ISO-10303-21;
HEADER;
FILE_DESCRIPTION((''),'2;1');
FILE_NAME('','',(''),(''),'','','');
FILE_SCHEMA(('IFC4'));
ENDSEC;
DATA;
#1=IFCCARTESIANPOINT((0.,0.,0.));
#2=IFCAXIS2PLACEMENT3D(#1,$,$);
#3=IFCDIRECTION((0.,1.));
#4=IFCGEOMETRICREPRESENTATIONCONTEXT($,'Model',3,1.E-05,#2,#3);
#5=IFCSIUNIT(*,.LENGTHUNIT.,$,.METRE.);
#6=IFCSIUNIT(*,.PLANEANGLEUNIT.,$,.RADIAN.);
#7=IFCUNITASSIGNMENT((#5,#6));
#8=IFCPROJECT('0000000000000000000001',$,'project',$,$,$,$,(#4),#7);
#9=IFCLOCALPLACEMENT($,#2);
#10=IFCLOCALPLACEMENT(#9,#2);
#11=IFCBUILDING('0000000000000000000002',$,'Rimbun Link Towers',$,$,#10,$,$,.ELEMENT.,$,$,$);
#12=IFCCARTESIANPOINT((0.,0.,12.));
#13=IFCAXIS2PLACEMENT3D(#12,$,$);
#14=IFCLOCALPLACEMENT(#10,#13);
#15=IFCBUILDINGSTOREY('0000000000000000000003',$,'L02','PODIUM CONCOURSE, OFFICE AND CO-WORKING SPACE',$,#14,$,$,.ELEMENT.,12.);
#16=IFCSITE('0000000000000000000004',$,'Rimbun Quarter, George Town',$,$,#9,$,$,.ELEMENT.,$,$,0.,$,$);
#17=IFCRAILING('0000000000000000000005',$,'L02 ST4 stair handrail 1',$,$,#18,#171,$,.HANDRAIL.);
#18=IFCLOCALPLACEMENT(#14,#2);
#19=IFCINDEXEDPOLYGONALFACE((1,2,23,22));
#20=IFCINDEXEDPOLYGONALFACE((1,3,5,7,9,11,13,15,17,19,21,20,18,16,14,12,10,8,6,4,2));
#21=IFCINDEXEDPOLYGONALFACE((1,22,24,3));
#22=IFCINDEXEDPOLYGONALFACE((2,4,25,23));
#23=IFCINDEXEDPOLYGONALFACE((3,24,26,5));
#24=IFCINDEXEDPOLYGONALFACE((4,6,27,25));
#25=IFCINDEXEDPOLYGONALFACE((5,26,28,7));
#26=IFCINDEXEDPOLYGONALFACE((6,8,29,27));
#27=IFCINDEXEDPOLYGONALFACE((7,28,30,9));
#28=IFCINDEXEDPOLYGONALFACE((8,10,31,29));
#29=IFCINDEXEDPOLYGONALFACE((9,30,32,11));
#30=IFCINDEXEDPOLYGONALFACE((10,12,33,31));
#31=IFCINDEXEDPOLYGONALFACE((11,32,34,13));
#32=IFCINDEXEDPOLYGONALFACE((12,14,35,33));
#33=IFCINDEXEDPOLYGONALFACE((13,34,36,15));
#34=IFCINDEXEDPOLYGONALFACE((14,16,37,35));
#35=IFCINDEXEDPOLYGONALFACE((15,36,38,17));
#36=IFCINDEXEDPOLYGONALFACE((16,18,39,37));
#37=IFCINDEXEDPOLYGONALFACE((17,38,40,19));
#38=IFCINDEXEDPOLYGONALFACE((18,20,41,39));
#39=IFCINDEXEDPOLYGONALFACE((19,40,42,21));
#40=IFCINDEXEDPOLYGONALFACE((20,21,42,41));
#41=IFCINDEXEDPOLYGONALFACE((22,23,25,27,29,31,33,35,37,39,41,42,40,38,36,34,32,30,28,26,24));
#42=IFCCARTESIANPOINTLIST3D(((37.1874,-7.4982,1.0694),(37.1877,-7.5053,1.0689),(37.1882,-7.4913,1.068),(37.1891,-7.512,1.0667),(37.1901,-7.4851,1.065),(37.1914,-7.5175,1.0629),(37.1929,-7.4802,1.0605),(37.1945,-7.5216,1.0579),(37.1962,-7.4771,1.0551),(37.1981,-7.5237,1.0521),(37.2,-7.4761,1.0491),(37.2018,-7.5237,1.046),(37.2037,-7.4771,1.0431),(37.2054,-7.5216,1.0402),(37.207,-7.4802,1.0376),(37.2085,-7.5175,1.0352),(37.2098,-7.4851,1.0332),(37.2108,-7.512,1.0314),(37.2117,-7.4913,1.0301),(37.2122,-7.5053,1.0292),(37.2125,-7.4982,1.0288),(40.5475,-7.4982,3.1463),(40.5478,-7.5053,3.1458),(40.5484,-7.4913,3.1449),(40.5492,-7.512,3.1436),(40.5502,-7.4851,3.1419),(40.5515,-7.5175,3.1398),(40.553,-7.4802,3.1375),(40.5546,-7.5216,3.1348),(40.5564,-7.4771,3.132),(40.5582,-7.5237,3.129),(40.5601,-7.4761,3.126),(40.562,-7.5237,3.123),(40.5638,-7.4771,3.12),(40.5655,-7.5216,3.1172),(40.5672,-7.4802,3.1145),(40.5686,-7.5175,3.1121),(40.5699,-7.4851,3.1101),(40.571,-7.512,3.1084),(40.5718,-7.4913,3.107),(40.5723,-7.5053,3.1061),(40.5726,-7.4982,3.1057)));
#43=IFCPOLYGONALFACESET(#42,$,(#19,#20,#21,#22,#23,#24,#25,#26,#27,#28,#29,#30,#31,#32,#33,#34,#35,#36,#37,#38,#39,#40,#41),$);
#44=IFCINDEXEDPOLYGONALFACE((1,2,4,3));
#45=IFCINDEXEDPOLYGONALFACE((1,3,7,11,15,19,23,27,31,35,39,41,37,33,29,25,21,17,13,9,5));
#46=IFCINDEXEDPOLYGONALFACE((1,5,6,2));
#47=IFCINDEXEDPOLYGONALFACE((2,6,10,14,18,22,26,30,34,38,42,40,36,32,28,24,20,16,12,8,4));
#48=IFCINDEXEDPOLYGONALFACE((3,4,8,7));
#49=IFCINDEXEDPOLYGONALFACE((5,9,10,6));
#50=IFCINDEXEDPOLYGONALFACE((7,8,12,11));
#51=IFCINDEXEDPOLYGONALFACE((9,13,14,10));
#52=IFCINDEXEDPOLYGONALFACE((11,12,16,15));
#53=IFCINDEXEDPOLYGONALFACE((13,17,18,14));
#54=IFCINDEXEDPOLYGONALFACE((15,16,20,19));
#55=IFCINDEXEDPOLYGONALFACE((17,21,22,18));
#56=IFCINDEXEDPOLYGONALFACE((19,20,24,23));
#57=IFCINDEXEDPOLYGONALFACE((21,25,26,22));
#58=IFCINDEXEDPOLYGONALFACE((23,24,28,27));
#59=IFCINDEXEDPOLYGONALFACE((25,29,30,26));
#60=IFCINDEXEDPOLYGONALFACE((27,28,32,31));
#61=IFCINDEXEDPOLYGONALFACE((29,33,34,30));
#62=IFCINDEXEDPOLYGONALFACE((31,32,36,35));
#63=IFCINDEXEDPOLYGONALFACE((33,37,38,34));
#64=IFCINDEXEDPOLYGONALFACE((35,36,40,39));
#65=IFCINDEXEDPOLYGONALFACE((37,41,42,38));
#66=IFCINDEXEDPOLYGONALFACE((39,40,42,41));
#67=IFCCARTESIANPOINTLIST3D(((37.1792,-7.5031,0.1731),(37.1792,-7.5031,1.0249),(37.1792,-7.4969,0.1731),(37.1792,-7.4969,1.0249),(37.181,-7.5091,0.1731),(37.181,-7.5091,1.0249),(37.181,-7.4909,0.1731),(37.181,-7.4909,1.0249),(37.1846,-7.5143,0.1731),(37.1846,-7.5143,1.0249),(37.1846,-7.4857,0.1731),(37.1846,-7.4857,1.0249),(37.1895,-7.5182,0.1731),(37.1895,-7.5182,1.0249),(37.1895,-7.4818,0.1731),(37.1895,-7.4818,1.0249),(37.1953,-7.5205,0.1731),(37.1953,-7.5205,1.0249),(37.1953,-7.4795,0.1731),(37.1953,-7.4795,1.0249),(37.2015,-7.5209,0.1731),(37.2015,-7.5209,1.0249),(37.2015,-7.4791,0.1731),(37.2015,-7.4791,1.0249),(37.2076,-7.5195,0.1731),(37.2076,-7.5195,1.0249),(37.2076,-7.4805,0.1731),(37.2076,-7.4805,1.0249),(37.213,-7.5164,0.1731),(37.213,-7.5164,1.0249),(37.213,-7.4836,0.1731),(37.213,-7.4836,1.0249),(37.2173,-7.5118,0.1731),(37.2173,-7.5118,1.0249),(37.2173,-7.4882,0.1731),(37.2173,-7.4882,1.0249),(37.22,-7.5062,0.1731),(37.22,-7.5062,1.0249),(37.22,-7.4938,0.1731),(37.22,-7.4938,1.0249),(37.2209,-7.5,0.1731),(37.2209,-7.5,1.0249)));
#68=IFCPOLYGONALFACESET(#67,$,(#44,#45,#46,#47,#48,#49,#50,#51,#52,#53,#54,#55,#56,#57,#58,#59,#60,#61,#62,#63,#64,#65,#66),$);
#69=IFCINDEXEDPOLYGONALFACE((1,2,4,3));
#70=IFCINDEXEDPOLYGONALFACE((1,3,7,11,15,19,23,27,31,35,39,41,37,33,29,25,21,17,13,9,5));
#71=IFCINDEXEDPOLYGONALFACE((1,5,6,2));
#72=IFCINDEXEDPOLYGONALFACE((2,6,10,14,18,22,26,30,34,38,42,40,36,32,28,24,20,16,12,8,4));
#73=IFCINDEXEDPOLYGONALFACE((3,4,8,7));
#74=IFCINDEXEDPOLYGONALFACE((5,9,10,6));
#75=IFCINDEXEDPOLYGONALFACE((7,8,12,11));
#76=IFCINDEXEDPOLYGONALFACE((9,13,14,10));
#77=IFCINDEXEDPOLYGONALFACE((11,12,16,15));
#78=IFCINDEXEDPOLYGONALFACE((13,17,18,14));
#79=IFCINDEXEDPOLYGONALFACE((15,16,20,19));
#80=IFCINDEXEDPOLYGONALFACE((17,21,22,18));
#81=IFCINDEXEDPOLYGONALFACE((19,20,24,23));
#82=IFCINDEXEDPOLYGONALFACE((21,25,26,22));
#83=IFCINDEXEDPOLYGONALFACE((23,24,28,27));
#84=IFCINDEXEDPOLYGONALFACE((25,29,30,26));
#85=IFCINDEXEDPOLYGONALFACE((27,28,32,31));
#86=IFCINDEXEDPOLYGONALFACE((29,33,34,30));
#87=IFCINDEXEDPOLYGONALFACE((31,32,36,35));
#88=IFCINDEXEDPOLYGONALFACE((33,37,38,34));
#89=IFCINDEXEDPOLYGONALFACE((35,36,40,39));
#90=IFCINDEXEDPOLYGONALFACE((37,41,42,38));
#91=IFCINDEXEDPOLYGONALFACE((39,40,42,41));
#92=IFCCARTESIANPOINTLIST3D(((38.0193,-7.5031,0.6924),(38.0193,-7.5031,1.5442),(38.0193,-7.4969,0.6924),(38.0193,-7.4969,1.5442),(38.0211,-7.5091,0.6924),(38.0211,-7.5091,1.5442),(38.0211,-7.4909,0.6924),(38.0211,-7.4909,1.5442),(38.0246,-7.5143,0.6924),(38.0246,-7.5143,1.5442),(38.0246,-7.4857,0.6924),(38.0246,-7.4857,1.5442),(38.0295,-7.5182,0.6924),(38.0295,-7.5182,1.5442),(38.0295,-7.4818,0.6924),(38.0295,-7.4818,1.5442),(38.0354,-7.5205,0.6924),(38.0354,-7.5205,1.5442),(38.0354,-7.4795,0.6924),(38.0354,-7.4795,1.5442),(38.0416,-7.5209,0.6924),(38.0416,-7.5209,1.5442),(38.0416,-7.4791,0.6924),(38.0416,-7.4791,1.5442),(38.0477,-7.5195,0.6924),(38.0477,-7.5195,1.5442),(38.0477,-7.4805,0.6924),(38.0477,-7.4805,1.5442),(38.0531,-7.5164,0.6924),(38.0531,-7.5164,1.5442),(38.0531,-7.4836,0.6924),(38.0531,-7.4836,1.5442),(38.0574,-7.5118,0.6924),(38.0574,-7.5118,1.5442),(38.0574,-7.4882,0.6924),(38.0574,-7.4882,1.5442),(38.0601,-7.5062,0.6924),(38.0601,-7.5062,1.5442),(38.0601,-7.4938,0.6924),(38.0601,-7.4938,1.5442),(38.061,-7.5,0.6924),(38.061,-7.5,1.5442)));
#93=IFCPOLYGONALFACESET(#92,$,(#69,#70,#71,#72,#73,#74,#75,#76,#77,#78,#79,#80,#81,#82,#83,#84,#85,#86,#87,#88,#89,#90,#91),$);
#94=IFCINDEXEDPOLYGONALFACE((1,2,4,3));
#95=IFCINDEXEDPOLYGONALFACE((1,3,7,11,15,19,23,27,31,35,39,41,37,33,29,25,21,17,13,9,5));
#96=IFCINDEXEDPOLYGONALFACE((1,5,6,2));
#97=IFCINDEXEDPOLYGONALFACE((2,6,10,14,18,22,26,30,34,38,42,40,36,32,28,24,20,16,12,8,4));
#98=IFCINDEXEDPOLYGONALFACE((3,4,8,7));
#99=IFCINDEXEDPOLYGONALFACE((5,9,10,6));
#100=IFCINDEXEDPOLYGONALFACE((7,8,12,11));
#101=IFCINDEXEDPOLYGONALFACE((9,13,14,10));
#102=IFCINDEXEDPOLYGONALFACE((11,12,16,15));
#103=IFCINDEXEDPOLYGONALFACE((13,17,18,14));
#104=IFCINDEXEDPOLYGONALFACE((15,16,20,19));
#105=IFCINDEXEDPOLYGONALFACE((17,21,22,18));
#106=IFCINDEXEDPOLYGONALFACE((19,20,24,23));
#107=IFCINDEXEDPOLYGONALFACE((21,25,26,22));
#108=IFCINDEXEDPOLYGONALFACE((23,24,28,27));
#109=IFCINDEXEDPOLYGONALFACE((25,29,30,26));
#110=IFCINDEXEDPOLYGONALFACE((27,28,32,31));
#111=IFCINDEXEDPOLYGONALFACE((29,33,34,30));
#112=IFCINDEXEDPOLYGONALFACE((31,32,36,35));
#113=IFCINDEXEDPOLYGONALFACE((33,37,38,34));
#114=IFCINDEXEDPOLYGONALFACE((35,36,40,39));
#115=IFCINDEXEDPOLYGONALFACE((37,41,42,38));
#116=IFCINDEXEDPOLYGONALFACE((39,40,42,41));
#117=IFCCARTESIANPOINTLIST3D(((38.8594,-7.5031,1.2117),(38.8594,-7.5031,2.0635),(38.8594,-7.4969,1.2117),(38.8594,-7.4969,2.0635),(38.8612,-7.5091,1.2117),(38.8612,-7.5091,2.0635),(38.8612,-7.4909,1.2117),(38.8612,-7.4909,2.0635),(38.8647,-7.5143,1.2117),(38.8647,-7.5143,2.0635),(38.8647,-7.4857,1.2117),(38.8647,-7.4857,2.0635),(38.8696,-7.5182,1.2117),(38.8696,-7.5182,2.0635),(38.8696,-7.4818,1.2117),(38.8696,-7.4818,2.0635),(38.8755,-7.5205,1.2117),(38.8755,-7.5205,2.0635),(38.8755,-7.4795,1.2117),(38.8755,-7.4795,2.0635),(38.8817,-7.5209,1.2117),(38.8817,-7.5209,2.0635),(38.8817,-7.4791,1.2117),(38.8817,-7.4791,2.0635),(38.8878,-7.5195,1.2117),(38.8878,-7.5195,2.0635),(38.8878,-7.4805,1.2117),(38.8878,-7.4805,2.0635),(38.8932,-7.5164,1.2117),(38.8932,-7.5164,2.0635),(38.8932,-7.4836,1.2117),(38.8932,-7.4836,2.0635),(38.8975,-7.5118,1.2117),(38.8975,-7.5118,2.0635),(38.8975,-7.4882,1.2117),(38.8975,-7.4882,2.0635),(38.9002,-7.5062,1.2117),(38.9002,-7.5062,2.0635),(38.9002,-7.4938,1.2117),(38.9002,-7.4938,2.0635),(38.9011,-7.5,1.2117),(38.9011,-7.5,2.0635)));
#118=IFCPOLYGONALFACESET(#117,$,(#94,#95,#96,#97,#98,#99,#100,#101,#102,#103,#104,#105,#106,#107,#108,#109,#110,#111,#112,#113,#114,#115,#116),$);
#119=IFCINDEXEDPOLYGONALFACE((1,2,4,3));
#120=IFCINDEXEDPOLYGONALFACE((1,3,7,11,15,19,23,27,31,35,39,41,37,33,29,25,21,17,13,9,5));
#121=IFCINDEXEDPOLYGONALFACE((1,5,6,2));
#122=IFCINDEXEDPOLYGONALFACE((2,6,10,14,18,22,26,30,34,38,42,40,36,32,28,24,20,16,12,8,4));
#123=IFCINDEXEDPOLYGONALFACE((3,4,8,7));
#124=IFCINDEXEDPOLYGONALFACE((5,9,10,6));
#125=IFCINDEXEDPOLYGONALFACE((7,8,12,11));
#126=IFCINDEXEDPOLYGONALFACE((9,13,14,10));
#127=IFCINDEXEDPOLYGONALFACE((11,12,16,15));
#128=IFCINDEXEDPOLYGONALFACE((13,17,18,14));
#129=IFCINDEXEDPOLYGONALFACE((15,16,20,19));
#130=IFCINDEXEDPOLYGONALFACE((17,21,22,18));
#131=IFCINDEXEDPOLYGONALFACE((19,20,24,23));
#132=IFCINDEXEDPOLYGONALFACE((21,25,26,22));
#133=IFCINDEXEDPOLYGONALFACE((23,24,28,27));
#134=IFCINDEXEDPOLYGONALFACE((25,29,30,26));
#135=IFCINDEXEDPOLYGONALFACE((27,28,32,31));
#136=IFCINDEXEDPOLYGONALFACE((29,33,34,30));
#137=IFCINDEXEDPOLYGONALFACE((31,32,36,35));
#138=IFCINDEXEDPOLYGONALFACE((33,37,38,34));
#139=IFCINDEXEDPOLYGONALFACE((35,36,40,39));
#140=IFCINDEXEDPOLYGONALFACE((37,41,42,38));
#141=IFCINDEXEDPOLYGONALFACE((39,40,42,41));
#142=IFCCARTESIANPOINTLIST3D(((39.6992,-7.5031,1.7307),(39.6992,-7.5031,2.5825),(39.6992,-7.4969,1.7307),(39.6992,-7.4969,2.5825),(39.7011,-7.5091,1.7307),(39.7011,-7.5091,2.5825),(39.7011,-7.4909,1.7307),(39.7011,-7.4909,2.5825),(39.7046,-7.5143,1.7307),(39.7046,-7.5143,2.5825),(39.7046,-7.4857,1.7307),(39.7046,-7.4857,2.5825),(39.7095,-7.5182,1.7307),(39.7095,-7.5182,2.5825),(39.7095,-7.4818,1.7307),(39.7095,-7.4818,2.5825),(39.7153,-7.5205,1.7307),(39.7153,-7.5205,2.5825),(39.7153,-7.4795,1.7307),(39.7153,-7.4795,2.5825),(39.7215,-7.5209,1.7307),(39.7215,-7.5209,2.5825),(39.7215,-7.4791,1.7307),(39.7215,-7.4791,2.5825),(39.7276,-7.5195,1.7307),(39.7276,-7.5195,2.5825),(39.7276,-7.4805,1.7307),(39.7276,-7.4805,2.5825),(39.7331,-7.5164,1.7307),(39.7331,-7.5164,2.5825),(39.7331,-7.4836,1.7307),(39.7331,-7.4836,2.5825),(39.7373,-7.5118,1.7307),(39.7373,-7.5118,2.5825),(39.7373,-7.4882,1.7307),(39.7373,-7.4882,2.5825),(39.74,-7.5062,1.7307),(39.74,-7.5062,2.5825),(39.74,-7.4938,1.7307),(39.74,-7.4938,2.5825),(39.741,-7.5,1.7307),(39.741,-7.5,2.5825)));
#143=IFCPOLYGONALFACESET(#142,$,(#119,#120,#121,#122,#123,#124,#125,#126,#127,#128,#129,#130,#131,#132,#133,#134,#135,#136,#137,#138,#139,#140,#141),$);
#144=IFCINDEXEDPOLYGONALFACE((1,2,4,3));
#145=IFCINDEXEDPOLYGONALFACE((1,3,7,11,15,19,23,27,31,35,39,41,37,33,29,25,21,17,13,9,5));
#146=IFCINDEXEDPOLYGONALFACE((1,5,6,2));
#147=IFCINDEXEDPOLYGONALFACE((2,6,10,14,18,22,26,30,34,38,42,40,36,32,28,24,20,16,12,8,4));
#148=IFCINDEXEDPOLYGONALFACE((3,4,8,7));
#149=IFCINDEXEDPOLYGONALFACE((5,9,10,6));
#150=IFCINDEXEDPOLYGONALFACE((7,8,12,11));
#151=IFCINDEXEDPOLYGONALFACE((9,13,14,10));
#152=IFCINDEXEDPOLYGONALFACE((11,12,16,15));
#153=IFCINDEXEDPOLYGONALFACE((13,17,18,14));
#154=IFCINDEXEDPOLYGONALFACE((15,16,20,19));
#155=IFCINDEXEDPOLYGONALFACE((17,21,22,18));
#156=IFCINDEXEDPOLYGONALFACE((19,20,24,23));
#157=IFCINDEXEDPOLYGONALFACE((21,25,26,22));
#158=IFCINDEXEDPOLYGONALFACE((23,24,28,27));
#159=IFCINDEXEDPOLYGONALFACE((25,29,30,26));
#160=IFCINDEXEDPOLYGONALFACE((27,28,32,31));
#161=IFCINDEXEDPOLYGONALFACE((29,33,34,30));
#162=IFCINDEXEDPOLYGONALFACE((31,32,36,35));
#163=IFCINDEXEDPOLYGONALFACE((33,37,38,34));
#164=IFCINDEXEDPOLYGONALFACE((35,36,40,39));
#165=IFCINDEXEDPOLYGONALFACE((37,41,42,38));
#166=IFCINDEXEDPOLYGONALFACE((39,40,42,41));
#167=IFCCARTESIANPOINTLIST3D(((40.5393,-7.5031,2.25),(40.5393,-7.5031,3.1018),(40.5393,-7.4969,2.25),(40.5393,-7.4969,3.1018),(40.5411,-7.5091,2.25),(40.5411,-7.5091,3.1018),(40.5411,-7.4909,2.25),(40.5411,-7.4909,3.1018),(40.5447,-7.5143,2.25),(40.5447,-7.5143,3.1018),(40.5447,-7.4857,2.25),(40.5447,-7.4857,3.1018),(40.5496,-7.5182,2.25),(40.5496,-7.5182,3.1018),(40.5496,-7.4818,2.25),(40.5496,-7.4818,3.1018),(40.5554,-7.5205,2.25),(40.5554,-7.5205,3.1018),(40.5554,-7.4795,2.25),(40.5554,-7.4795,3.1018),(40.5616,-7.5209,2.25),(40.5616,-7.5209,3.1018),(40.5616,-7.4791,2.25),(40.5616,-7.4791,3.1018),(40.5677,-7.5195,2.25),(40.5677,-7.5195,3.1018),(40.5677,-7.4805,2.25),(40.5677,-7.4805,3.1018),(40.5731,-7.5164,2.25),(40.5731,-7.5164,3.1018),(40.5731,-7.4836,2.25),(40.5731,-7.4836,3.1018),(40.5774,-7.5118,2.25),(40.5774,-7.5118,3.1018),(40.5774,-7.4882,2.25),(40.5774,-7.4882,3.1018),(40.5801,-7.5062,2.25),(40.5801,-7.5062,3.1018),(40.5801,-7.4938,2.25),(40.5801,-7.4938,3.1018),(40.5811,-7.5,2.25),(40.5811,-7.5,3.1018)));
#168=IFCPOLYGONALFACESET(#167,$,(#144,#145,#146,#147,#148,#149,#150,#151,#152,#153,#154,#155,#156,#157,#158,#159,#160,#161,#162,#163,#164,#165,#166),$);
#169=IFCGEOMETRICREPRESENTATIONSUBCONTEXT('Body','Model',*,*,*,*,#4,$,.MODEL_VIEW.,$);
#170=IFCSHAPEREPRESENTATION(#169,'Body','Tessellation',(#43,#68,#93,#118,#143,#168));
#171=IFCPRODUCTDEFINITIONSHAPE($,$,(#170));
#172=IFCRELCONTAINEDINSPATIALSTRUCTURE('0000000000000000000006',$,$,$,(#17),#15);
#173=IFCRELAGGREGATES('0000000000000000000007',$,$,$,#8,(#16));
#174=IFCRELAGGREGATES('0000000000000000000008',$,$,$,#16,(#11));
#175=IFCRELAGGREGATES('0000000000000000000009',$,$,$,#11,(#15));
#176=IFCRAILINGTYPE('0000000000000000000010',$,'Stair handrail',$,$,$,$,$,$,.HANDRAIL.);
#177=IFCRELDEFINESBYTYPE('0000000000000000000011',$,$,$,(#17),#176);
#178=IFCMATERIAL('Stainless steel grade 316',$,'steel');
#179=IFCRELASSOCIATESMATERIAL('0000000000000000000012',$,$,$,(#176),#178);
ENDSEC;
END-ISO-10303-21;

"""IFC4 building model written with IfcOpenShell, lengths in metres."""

from ifc_helpers import new_model, si_unit, direction, frame, origin, origin_2d, place, context, subcontext, project, spatial, circle, extrude, material, type_object, element, save


model = new_model("IFC4")

# Units and contexts
model_context = context("Model", 3, precision=1e-05, world=origin(), true_north=direction((0.0, 1.0)))
body_context = subcontext(model_context, "Body", "Model", "MODEL_VIEW")
ifc_project = project(units=[si_unit("LENGTHUNIT", "METRE"), si_unit("PLANEANGLEUNIT", "RADIAN")], contexts=[model_context])

# Site, building, storey
site_placement = place(None, origin())
site = spatial("IfcSite", under=ifc_project, at=site_placement, Name="Rimbun Quarter, George Town", CompositionType="ELEMENT", RefElevation=0.0)
building_placement = place(site_placement, origin())
building = spatial("IfcBuilding", under=site, at=building_placement, Name="Rimbun Link Towers", CompositionType="ELEMENT")
storey_placement = place(building_placement, frame((0.0, 0.0, 12.0)))
storey = spatial("IfcBuildingStorey", under=building, at=storey_placement, Name="L02", Description="PODIUM CONCOURSE, OFFICE AND CO-WORKING SPACE", CompositionType="ELEMENT", Elevation=12.0)

# Railing
ifc_material_1 = material(Name="Stainless steel grade 316", Category="steel")
railing_type_1 = type_object("IfcRailingType", Name="Stair handrail", PredefinedType="HANDRAIL", material=ifc_material_1)
railing_1_placement = place(storey_placement, frame((37.2, -7.5, 0.1731)))
element("IfcRailing", 1, at=railing_1_placement, inside=storey, type_object=railing_type_1, Name="L02 ST4 stair handrail 1", PredefinedType="HANDRAIL", context=body_context, shape_type="SweptSolid", body=[
    extrude(circle(Radius=0.0239, at=origin_2d()), frame((0.0, 0.0, 0.876), z_axis=(0.850623, 0.0, 0.525776), x_axis=(0.0, 1.0, 0.0)), (0.0, 0.0, 1.0), 3.9502),
    extrude(circle(Radius=0.021, at=origin_2d()), origin(), (0.0, 0.0, 1.0), 0.8518),
    extrude(circle(Radius=0.021, at=origin_2d()), frame((0.8401, 0.0, 0.5193)), (0.0, 0.0, 1.0), 0.8518),
    extrude(circle(Radius=0.021, at=origin_2d()), frame((1.6802, 0.0, 1.0386)), (0.0, 0.0, 1.0), 0.8518),
    extrude(circle(Radius=0.021, at=origin_2d()), frame((2.52, 0.0, 1.5576)), (0.0, 0.0, 1.0), 0.8518),
    extrude(circle(Radius=0.021, at=origin_2d()), frame((3.3601, 0.0, 2.0769)), (0.0, 0.0, 1.0), 0.8518),
])

save(model, "model.ifc")
